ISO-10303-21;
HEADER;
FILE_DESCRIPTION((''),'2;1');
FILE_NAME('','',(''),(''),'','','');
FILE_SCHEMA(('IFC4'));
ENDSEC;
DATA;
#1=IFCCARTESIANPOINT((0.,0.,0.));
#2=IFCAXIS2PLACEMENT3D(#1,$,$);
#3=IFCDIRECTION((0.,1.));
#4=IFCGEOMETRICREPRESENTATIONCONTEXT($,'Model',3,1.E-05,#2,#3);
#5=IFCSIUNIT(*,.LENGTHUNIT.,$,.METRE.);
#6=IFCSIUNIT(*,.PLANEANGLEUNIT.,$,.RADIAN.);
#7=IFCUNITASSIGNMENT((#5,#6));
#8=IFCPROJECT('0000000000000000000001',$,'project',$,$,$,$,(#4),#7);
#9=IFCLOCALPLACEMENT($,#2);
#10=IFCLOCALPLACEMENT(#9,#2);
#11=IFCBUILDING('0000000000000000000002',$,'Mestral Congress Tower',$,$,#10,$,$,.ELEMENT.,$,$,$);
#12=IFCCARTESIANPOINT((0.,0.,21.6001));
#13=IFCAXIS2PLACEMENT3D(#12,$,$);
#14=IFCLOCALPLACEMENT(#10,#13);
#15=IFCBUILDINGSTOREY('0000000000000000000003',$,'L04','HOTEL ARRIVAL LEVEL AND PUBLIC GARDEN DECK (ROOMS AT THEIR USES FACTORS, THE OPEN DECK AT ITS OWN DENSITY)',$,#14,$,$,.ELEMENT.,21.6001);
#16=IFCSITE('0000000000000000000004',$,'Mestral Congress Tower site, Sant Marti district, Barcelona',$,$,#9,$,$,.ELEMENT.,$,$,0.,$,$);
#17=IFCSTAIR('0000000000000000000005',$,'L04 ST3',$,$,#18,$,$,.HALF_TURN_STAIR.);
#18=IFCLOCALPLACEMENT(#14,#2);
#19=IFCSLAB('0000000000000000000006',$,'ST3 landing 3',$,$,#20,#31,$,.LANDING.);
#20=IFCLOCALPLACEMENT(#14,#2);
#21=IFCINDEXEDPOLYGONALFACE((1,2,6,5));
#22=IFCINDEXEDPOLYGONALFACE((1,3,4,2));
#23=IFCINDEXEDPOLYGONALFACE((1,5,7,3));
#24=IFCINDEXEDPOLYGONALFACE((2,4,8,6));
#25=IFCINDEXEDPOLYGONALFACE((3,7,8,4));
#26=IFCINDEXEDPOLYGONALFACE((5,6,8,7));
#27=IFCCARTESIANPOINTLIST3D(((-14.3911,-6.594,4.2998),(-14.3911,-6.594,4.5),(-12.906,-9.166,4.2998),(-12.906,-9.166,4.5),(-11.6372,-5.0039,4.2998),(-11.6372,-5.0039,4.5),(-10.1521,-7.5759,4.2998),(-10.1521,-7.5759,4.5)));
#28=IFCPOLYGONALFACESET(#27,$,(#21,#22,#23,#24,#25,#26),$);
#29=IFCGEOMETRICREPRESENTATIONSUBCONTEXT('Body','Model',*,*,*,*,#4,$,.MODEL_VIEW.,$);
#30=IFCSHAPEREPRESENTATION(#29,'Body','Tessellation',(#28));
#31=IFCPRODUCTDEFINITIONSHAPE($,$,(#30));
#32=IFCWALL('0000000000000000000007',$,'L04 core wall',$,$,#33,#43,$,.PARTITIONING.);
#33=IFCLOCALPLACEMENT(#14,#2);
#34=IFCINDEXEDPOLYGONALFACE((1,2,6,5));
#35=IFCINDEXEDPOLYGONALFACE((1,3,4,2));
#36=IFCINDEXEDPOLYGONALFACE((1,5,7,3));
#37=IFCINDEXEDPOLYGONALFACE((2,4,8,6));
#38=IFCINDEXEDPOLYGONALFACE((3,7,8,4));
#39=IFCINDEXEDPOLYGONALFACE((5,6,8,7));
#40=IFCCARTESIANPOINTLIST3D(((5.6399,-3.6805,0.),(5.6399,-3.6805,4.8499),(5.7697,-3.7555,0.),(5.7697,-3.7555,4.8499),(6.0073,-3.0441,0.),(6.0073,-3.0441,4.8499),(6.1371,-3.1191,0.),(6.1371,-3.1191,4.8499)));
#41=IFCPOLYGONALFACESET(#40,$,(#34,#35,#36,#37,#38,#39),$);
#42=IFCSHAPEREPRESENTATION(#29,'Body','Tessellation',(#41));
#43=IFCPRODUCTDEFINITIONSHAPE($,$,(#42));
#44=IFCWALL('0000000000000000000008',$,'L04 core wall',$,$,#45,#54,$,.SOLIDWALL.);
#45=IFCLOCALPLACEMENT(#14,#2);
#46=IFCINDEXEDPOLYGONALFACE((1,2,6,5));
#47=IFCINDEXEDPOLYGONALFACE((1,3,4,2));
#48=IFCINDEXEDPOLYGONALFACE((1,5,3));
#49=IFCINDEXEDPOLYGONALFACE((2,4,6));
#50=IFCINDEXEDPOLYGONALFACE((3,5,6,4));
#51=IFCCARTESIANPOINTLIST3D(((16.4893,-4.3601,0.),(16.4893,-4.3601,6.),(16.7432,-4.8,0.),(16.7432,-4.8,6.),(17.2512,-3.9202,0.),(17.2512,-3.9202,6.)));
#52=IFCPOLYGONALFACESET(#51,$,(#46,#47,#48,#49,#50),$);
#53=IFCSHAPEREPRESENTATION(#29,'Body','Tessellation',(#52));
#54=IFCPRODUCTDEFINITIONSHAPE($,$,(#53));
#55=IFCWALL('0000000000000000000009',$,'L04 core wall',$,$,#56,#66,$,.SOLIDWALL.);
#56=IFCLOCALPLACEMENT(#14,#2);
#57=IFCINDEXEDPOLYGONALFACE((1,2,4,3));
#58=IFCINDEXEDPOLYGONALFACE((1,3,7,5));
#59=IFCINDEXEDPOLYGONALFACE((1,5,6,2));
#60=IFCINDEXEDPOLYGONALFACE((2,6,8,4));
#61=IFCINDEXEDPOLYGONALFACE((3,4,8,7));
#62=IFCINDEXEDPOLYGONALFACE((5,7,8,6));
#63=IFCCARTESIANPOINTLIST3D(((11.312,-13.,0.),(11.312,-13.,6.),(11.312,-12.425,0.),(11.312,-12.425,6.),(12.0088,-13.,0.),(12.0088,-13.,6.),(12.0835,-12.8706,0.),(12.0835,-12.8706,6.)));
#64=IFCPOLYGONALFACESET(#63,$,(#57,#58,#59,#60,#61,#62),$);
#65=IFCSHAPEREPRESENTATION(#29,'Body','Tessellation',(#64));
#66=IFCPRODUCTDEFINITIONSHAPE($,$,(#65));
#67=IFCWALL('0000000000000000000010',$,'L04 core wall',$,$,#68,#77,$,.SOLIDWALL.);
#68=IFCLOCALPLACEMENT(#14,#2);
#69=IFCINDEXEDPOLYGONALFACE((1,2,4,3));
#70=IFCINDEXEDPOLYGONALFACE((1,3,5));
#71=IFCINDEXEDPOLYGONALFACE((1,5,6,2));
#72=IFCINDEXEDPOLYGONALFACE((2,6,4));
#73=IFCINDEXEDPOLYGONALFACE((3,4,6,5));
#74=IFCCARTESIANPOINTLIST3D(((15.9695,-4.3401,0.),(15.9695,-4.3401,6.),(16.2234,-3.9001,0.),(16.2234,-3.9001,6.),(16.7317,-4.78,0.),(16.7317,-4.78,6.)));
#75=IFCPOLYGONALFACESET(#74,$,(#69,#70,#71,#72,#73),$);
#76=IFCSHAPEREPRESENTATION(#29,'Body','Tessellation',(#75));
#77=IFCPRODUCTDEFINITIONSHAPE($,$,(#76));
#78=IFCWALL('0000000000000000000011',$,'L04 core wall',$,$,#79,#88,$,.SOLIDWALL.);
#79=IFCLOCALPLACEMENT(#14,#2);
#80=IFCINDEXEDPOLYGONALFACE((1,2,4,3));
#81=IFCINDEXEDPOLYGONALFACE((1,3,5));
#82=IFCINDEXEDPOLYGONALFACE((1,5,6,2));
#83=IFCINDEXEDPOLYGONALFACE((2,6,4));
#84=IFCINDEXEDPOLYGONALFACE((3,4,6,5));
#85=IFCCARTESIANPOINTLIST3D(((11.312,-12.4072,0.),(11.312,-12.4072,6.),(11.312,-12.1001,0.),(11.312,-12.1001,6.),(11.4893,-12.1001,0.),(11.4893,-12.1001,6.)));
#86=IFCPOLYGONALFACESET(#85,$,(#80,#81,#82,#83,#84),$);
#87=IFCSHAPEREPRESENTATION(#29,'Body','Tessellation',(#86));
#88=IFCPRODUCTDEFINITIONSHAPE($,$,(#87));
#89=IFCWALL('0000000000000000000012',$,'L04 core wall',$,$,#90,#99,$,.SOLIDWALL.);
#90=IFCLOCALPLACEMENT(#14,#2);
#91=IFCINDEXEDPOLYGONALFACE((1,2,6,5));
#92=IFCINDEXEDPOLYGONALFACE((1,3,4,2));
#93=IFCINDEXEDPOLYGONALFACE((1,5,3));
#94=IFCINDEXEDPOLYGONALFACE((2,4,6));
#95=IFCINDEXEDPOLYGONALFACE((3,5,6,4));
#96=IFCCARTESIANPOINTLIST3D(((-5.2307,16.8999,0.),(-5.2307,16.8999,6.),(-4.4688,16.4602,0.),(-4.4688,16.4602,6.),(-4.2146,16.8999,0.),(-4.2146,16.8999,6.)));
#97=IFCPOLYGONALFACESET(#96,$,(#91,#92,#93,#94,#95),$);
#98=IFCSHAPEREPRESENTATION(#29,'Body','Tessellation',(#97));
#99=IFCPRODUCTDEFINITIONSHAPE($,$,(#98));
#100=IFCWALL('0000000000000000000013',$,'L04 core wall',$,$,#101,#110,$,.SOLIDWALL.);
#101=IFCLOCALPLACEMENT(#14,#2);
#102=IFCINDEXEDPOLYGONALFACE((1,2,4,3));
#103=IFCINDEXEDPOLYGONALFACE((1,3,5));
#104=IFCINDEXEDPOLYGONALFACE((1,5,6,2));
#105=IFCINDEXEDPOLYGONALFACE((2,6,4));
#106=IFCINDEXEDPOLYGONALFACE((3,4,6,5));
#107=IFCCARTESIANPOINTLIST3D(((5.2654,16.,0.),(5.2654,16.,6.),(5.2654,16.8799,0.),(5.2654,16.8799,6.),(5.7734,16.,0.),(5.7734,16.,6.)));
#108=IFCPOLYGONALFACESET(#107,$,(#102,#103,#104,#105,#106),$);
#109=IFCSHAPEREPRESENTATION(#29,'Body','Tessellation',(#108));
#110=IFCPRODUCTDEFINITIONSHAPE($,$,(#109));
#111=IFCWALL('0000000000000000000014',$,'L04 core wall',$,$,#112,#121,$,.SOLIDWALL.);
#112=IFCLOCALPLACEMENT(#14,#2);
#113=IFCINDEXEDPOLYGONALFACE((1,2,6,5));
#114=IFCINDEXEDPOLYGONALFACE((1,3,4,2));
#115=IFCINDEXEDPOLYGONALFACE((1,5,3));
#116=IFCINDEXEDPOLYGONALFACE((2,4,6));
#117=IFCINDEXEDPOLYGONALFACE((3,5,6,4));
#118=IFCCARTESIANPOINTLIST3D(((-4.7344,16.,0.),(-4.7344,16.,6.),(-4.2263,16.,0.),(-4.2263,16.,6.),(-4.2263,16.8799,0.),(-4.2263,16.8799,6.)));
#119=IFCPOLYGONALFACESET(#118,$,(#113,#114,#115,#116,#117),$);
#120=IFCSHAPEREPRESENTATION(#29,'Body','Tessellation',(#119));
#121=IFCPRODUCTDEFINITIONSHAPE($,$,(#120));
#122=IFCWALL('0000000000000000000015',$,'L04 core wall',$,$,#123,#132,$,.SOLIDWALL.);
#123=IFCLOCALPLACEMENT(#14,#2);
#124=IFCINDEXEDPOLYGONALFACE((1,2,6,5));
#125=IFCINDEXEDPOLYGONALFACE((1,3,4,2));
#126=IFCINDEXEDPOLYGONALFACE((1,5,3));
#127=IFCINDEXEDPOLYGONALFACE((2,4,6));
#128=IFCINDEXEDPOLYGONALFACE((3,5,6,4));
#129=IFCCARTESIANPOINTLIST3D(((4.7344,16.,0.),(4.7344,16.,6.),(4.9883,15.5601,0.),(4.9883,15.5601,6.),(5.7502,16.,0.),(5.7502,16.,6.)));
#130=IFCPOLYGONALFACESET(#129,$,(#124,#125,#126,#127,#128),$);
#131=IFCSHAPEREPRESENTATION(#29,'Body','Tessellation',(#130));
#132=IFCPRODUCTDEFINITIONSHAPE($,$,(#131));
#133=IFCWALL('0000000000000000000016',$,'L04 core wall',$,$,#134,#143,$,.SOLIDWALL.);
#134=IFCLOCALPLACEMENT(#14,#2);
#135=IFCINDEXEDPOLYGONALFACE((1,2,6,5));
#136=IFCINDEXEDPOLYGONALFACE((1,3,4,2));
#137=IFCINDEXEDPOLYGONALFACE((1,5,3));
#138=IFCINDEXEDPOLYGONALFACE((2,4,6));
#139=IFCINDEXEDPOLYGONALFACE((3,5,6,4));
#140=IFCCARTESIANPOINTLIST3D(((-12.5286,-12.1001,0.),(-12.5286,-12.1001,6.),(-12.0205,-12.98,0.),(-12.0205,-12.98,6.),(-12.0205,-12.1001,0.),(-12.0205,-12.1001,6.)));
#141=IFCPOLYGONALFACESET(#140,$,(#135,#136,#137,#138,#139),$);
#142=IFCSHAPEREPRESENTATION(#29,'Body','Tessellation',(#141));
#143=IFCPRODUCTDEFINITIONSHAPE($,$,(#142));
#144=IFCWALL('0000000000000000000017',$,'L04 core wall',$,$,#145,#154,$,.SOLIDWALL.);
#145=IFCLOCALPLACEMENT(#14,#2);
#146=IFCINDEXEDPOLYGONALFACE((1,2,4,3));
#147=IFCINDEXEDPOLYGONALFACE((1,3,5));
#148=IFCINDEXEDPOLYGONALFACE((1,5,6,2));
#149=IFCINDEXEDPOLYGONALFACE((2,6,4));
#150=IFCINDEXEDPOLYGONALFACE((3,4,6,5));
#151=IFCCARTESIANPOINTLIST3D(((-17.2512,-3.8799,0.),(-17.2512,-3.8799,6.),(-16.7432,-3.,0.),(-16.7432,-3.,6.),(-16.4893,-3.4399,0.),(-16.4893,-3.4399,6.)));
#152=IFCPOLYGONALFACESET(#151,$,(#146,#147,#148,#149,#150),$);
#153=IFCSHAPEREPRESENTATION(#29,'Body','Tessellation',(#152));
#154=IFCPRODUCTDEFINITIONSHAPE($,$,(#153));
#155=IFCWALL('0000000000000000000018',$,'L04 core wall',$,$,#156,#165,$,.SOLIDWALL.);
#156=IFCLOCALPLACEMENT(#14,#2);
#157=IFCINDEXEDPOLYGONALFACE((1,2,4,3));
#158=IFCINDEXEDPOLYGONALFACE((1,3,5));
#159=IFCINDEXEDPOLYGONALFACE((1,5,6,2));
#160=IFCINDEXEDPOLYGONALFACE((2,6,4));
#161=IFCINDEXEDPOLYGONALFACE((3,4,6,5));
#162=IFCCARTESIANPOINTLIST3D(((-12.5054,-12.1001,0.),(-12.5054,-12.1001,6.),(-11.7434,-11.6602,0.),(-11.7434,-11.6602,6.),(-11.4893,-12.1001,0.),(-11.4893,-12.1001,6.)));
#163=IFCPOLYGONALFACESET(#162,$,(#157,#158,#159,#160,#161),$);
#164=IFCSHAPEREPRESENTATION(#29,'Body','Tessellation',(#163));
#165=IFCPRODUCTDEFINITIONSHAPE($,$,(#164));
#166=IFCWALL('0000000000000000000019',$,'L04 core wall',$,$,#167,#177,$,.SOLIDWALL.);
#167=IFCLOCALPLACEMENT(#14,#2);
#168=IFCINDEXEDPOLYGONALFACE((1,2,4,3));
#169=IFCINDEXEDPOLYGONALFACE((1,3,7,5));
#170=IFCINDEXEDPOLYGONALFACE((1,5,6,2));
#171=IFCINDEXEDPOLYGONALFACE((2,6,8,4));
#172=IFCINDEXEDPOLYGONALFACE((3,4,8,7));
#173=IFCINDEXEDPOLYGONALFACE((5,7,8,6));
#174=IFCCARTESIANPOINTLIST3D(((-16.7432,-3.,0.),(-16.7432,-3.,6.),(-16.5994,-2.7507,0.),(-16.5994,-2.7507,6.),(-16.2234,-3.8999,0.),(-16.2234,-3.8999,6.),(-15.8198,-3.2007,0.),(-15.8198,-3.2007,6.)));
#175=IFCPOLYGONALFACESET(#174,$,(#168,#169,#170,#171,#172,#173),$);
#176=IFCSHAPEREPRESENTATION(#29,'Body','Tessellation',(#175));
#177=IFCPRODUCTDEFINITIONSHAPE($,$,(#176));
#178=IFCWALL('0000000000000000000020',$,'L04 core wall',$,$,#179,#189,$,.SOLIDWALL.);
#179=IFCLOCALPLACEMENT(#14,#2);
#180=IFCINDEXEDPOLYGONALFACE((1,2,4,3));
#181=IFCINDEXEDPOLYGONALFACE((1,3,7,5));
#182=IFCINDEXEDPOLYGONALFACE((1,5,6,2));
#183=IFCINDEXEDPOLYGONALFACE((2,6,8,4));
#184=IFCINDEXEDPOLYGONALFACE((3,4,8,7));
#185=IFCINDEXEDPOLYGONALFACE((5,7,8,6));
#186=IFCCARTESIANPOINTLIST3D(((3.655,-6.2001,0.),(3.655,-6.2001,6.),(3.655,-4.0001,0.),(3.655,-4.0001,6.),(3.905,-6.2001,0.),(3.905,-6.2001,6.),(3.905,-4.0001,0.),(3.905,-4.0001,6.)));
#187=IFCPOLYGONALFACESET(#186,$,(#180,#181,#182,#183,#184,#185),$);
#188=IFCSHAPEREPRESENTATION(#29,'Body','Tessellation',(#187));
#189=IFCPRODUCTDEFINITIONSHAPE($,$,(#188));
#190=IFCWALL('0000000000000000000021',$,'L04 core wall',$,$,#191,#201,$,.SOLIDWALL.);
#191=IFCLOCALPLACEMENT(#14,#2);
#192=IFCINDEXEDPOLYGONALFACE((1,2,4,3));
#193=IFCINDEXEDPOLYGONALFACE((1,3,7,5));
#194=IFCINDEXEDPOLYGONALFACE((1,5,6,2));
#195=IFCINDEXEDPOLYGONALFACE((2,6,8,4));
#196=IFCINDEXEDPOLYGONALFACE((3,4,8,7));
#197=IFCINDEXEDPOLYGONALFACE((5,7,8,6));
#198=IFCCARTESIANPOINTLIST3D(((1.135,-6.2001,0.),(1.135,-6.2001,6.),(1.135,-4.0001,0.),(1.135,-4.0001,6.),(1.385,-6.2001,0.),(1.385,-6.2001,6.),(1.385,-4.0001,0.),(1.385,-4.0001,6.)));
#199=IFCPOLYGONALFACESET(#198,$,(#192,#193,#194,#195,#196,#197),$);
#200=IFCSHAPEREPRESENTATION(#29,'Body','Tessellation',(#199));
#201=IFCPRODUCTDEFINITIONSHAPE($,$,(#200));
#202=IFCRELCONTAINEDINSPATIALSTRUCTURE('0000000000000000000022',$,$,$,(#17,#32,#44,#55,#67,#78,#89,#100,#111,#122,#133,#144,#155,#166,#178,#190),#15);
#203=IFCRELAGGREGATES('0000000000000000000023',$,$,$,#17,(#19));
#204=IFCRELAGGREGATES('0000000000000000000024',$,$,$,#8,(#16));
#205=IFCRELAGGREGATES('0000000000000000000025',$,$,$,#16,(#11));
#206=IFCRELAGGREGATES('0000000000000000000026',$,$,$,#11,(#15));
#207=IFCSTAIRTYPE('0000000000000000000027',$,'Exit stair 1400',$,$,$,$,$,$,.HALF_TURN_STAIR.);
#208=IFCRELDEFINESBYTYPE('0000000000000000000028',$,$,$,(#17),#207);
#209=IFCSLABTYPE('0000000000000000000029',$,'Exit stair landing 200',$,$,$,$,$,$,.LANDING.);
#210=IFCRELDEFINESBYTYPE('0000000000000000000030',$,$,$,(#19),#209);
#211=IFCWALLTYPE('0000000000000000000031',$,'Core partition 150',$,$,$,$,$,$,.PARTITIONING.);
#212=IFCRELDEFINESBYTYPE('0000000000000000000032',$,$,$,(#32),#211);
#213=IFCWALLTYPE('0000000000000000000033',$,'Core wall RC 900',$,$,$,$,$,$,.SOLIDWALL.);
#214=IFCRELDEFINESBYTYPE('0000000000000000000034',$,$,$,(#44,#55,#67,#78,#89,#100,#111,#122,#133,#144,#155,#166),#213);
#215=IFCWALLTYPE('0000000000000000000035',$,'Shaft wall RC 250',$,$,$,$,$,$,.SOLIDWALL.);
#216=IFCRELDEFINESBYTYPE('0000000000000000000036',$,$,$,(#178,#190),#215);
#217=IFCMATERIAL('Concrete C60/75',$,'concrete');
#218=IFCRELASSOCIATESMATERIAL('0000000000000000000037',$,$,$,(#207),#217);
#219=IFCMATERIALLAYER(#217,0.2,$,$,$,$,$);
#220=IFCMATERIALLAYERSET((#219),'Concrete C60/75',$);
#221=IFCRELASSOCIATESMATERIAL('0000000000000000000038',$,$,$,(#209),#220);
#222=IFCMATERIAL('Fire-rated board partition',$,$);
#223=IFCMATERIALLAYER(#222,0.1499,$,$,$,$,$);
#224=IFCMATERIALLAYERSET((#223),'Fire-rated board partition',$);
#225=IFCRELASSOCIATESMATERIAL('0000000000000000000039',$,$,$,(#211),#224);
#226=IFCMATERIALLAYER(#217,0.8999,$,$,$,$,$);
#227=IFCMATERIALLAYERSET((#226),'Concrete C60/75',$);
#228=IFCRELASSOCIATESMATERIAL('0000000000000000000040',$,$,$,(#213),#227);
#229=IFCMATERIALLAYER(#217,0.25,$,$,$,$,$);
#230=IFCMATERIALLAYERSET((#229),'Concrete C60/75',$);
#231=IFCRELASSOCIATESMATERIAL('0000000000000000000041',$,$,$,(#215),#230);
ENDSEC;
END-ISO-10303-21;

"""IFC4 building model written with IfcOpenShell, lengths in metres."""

from ifc_helpers import new_model, si_unit, direction, frame, frame_2d, origin, place, context, subcontext, project, spatial, polyline, rectangle, outline, extrude, material, layer, layer_set, type_object, element, aggregate, save


model = new_model("IFC4")

# Units and contexts
model_context = context("Model", 3, precision=1e-05, world=origin(), true_north=direction((0.0, 1.0)))
body_context = subcontext(model_context, "Body", "Model", "MODEL_VIEW")
ifc_project = project(units=[si_unit("LENGTHUNIT", "METRE"), si_unit("PLANEANGLEUNIT", "RADIAN")], contexts=[model_context])

# Site, building, storey
site_placement = place(None, origin())
site = spatial("IfcSite", under=ifc_project, at=site_placement, Name="Mestral Congress Tower site, Sant Marti district, Barcelona", CompositionType="ELEMENT", RefElevation=0.0)
building_placement = place(site_placement, origin())
building = spatial("IfcBuilding", under=site, at=building_placement, Name="Mestral Congress Tower", CompositionType="ELEMENT")
storey_placement = place(building_placement, frame((0.0, 0.0, 21.6001)))
storey = spatial("IfcBuildingStorey", under=building, at=storey_placement, Name="L04", Description="HOTEL ARRIVAL LEVEL AND PUBLIC GARDEN DECK (ROOMS AT THEIR USES FACTORS, THE OPEN DECK AT ITS OWN DENSITY)", CompositionType="ELEMENT", Elevation=21.6001)

# Shared definitions
ifc_material_1 = material(Name="Concrete C60/75", Category="concrete")

# Stair, slab
stair_type = type_object("IfcStairType", Name="Exit stair 1400", PredefinedType="HALF_TURN_STAIR", material=ifc_material_1)
placement_1 = place(storey_placement, origin())
ifc_layer_1 = layer(ifc_material_1, 0.2)
ifc_layer_set_1 = layer_set([ifc_layer_1], Name="Concrete C60/75")
slab_type_1 = type_object("IfcSlabType", Name="Exit stair landing 200", PredefinedType="LANDING", material=ifc_layer_set_1)
placement_2 = place(storey_placement, frame((0.0, 0.0, 4.2998)))
stair_1 = element("IfcStair", 1, at=placement_1, inside=storey, type_object=stair_type, Name="L04 ST3", PredefinedType="HALF_TURN_STAIR")
slab_1 = element("IfcSlab", 2, at=placement_2, type_object=slab_type_1, Name="ST3 landing 3", PredefinedType="LANDING", context=body_context, shape_type="SweptSolid", body=[
    extrude(outline(polyline([(-11.6372, -5.0039), (-10.1521, -7.5759), (-12.906, -9.166), (-14.3911, -6.594), (-11.6372, -5.0039)])), origin(), (0.0, 0.0, 1.0), 0.2002),
])
aggregate(stair_1, [slab_1])

# Walls
ifc_material_2 = material(Name="Fire-rated board partition")
ifc_layer_2 = layer(ifc_material_2, 0.1499)
ifc_layer_set_2 = layer_set([ifc_layer_2], Name="Fire-rated board partition")
wall_type_1 = type_object("IfcWallType", Name="Core partition 150", PredefinedType="PARTITIONING", material=ifc_layer_set_2)
wall_1_placement = place(storey_placement, frame((5.7048, -3.718, 0.0), z_axis=(0.0, 0.0, 1.0), x_axis=(0.499962, 0.866047, 0.0)))
element("IfcWall", 3, at=wall_1_placement, inside=storey, type_object=wall_type_1, Name="L04 core wall", PredefinedType="PARTITIONING", context=body_context, shape_type="SweptSolid", body=[
    extrude(rectangle(XDim=0.7349, YDim=0.1499, at=frame_2d((0.3674, 0.0))), origin(), (0.0, 0.0, 1.0), 4.8499),
])
ifc_layer_3 = layer(ifc_material_1, 0.8999)
ifc_layer_set_3 = layer_set([ifc_layer_3], Name="Concrete C60/75")
wall_type_2 = type_object("IfcWallType", Name="Core wall RC 900", PredefinedType="SOLIDWALL", material=ifc_layer_set_3)
element("IfcWall", 4, at=placement_1, inside=storey, type_object=wall_type_2, Name="L04 core wall", PredefinedType="SOLIDWALL", context=body_context, shape_type="SweptSolid", body=[
    extrude(outline(polyline([(16.7432, -4.8), (16.4893, -4.3601), (17.2512, -3.9202), (16.7432, -4.8)])), origin(), (0.0, 0.0, 1.0), 6.0),
])
element("IfcWall", 5, at=placement_1, inside=storey, type_object=wall_type_2, Name="L04 core wall", PredefinedType="SOLIDWALL", context=body_context, shape_type="SweptSolid", body=[
    extrude(outline(polyline([(12.0088, -13.0), (11.312, -13.0), (11.312, -12.425), (12.0835, -12.8706), (12.0088, -13.0)])), origin(), (0.0, 0.0, 1.0), 6.0),
])
element("IfcWall", 6, at=placement_1, inside=storey, type_object=wall_type_2, Name="L04 core wall", PredefinedType="SOLIDWALL", context=body_context, shape_type="SweptSolid", body=[
    extrude(outline(polyline([(16.2234, -3.9001), (16.7317, -4.78), (15.9695, -4.3401), (16.2234, -3.9001)])), origin(), (0.0, 0.0, 1.0), 6.0),
])
element("IfcWall", 7, at=placement_1, inside=storey, type_object=wall_type_2, Name="L04 core wall", PredefinedType="SOLIDWALL", context=body_context, shape_type="SweptSolid", body=[
    extrude(outline(polyline([(11.4893, -12.1001), (11.312, -12.4072), (11.312, -12.1001), (11.4893, -12.1001)])), origin(), (0.0, 0.0, 1.0), 6.0),
])
element("IfcWall", 8, at=placement_1, inside=storey, type_object=wall_type_2, Name="L04 core wall", PredefinedType="SOLIDWALL", context=body_context, shape_type="SweptSolid", body=[
    extrude(outline(polyline([(-4.2146, 16.8999), (-4.4688, 16.4602), (-5.2307, 16.8999), (-4.2146, 16.8999)])), origin(), (0.0, 0.0, 1.0), 6.0),
])
element("IfcWall", 9, at=placement_1, inside=storey, type_object=wall_type_2, Name="L04 core wall", PredefinedType="SOLIDWALL", context=body_context, shape_type="SweptSolid", body=[
    extrude(outline(polyline([(5.2654, 16.0), (5.2654, 16.8799), (5.7734, 16.0), (5.2654, 16.0)])), origin(), (0.0, 0.0, 1.0), 6.0),
])
element("IfcWall", 10, at=placement_1, inside=storey, type_object=wall_type_2, Name="L04 core wall", PredefinedType="SOLIDWALL", context=body_context, shape_type="SweptSolid", body=[
    extrude(outline(polyline([(-4.7344, 16.0), (-4.2263, 16.8799), (-4.2263, 16.0), (-4.7344, 16.0)])), origin(), (0.0, 0.0, 1.0), 6.0),
])
element("IfcWall", 11, at=placement_1, inside=storey, type_object=wall_type_2, Name="L04 core wall", PredefinedType="SOLIDWALL", context=body_context, shape_type="SweptSolid", body=[
    extrude(outline(polyline([(4.7344, 16.0), (5.7502, 16.0), (4.9883, 15.5601), (4.7344, 16.0)])), origin(), (0.0, 0.0, 1.0), 6.0),
])
element("IfcWall", 12, at=placement_1, inside=storey, type_object=wall_type_2, Name="L04 core wall", PredefinedType="SOLIDWALL", context=body_context, shape_type="SweptSolid", body=[
    extrude(outline(polyline([(-12.5286, -12.1001), (-12.0205, -12.1001), (-12.0205, -12.98), (-12.5286, -12.1001)])), origin(), (0.0, 0.0, 1.0), 6.0),
])
element("IfcWall", 13, at=placement_1, inside=storey, type_object=wall_type_2, Name="L04 core wall", PredefinedType="SOLIDWALL", context=body_context, shape_type="SweptSolid", body=[
    extrude(outline(polyline([(-16.4893, -3.4399), (-17.2512, -3.8799), (-16.7432, -3.0), (-16.4893, -3.4399)])), origin(), (0.0, 0.0, 1.0), 6.0),
])
element("IfcWall", 14, at=placement_1, inside=storey, type_object=wall_type_2, Name="L04 core wall", PredefinedType="SOLIDWALL", context=body_context, shape_type="SweptSolid", body=[
    extrude(outline(polyline([(-11.4893, -12.1001), (-12.5054, -12.1001), (-11.7434, -11.6602), (-11.4893, -12.1001)])), origin(), (0.0, 0.0, 1.0), 6.0),
])
element("IfcWall", 15, at=placement_1, inside=storey, type_object=wall_type_2, Name="L04 core wall", PredefinedType="SOLIDWALL", context=body_context, shape_type="SweptSolid", body=[
    extrude(outline(polyline([(-15.8198, -3.2007), (-16.2234, -3.8999), (-16.7432, -3.0), (-16.5994, -2.7507), (-15.8198, -3.2007)])), origin(), (0.0, 0.0, 1.0), 6.0),
])
ifc_layer_4 = layer(ifc_material_1, 0.25)
ifc_layer_set_4 = layer_set([ifc_layer_4], Name="Concrete C60/75")
wall_type_3 = type_object("IfcWallType", Name="Shaft wall RC 250", PredefinedType="SOLIDWALL", material=ifc_layer_set_4)
for number, where, z_axis, x_axis, name in (
    (16, (3.78, -4.0, 0.0), (0.0, 0.0, 1.0), (0.0, -1.0, 0.0), "L04 core wall"),
    (17, (1.26, -4.0, 0.0), (0.0, 0.0, 1.0), (0.0, -1.0, 0.0), "L04 core wall"),
):
    element("IfcWall", number, at=place(storey_placement, frame(where, z_axis=z_axis, x_axis=x_axis)), inside=storey, type_object=wall_type_3, Name=name, PredefinedType="SOLIDWALL", context=body_context, shape_type="SweptSolid", body=[
        extrude(rectangle(XDim=2.2, YDim=0.25, at=frame_2d((1.1001, 0.0))), origin(), (0.0, 0.0, 1.0), 6.0),
    ])

save(model, "model.ifc")
